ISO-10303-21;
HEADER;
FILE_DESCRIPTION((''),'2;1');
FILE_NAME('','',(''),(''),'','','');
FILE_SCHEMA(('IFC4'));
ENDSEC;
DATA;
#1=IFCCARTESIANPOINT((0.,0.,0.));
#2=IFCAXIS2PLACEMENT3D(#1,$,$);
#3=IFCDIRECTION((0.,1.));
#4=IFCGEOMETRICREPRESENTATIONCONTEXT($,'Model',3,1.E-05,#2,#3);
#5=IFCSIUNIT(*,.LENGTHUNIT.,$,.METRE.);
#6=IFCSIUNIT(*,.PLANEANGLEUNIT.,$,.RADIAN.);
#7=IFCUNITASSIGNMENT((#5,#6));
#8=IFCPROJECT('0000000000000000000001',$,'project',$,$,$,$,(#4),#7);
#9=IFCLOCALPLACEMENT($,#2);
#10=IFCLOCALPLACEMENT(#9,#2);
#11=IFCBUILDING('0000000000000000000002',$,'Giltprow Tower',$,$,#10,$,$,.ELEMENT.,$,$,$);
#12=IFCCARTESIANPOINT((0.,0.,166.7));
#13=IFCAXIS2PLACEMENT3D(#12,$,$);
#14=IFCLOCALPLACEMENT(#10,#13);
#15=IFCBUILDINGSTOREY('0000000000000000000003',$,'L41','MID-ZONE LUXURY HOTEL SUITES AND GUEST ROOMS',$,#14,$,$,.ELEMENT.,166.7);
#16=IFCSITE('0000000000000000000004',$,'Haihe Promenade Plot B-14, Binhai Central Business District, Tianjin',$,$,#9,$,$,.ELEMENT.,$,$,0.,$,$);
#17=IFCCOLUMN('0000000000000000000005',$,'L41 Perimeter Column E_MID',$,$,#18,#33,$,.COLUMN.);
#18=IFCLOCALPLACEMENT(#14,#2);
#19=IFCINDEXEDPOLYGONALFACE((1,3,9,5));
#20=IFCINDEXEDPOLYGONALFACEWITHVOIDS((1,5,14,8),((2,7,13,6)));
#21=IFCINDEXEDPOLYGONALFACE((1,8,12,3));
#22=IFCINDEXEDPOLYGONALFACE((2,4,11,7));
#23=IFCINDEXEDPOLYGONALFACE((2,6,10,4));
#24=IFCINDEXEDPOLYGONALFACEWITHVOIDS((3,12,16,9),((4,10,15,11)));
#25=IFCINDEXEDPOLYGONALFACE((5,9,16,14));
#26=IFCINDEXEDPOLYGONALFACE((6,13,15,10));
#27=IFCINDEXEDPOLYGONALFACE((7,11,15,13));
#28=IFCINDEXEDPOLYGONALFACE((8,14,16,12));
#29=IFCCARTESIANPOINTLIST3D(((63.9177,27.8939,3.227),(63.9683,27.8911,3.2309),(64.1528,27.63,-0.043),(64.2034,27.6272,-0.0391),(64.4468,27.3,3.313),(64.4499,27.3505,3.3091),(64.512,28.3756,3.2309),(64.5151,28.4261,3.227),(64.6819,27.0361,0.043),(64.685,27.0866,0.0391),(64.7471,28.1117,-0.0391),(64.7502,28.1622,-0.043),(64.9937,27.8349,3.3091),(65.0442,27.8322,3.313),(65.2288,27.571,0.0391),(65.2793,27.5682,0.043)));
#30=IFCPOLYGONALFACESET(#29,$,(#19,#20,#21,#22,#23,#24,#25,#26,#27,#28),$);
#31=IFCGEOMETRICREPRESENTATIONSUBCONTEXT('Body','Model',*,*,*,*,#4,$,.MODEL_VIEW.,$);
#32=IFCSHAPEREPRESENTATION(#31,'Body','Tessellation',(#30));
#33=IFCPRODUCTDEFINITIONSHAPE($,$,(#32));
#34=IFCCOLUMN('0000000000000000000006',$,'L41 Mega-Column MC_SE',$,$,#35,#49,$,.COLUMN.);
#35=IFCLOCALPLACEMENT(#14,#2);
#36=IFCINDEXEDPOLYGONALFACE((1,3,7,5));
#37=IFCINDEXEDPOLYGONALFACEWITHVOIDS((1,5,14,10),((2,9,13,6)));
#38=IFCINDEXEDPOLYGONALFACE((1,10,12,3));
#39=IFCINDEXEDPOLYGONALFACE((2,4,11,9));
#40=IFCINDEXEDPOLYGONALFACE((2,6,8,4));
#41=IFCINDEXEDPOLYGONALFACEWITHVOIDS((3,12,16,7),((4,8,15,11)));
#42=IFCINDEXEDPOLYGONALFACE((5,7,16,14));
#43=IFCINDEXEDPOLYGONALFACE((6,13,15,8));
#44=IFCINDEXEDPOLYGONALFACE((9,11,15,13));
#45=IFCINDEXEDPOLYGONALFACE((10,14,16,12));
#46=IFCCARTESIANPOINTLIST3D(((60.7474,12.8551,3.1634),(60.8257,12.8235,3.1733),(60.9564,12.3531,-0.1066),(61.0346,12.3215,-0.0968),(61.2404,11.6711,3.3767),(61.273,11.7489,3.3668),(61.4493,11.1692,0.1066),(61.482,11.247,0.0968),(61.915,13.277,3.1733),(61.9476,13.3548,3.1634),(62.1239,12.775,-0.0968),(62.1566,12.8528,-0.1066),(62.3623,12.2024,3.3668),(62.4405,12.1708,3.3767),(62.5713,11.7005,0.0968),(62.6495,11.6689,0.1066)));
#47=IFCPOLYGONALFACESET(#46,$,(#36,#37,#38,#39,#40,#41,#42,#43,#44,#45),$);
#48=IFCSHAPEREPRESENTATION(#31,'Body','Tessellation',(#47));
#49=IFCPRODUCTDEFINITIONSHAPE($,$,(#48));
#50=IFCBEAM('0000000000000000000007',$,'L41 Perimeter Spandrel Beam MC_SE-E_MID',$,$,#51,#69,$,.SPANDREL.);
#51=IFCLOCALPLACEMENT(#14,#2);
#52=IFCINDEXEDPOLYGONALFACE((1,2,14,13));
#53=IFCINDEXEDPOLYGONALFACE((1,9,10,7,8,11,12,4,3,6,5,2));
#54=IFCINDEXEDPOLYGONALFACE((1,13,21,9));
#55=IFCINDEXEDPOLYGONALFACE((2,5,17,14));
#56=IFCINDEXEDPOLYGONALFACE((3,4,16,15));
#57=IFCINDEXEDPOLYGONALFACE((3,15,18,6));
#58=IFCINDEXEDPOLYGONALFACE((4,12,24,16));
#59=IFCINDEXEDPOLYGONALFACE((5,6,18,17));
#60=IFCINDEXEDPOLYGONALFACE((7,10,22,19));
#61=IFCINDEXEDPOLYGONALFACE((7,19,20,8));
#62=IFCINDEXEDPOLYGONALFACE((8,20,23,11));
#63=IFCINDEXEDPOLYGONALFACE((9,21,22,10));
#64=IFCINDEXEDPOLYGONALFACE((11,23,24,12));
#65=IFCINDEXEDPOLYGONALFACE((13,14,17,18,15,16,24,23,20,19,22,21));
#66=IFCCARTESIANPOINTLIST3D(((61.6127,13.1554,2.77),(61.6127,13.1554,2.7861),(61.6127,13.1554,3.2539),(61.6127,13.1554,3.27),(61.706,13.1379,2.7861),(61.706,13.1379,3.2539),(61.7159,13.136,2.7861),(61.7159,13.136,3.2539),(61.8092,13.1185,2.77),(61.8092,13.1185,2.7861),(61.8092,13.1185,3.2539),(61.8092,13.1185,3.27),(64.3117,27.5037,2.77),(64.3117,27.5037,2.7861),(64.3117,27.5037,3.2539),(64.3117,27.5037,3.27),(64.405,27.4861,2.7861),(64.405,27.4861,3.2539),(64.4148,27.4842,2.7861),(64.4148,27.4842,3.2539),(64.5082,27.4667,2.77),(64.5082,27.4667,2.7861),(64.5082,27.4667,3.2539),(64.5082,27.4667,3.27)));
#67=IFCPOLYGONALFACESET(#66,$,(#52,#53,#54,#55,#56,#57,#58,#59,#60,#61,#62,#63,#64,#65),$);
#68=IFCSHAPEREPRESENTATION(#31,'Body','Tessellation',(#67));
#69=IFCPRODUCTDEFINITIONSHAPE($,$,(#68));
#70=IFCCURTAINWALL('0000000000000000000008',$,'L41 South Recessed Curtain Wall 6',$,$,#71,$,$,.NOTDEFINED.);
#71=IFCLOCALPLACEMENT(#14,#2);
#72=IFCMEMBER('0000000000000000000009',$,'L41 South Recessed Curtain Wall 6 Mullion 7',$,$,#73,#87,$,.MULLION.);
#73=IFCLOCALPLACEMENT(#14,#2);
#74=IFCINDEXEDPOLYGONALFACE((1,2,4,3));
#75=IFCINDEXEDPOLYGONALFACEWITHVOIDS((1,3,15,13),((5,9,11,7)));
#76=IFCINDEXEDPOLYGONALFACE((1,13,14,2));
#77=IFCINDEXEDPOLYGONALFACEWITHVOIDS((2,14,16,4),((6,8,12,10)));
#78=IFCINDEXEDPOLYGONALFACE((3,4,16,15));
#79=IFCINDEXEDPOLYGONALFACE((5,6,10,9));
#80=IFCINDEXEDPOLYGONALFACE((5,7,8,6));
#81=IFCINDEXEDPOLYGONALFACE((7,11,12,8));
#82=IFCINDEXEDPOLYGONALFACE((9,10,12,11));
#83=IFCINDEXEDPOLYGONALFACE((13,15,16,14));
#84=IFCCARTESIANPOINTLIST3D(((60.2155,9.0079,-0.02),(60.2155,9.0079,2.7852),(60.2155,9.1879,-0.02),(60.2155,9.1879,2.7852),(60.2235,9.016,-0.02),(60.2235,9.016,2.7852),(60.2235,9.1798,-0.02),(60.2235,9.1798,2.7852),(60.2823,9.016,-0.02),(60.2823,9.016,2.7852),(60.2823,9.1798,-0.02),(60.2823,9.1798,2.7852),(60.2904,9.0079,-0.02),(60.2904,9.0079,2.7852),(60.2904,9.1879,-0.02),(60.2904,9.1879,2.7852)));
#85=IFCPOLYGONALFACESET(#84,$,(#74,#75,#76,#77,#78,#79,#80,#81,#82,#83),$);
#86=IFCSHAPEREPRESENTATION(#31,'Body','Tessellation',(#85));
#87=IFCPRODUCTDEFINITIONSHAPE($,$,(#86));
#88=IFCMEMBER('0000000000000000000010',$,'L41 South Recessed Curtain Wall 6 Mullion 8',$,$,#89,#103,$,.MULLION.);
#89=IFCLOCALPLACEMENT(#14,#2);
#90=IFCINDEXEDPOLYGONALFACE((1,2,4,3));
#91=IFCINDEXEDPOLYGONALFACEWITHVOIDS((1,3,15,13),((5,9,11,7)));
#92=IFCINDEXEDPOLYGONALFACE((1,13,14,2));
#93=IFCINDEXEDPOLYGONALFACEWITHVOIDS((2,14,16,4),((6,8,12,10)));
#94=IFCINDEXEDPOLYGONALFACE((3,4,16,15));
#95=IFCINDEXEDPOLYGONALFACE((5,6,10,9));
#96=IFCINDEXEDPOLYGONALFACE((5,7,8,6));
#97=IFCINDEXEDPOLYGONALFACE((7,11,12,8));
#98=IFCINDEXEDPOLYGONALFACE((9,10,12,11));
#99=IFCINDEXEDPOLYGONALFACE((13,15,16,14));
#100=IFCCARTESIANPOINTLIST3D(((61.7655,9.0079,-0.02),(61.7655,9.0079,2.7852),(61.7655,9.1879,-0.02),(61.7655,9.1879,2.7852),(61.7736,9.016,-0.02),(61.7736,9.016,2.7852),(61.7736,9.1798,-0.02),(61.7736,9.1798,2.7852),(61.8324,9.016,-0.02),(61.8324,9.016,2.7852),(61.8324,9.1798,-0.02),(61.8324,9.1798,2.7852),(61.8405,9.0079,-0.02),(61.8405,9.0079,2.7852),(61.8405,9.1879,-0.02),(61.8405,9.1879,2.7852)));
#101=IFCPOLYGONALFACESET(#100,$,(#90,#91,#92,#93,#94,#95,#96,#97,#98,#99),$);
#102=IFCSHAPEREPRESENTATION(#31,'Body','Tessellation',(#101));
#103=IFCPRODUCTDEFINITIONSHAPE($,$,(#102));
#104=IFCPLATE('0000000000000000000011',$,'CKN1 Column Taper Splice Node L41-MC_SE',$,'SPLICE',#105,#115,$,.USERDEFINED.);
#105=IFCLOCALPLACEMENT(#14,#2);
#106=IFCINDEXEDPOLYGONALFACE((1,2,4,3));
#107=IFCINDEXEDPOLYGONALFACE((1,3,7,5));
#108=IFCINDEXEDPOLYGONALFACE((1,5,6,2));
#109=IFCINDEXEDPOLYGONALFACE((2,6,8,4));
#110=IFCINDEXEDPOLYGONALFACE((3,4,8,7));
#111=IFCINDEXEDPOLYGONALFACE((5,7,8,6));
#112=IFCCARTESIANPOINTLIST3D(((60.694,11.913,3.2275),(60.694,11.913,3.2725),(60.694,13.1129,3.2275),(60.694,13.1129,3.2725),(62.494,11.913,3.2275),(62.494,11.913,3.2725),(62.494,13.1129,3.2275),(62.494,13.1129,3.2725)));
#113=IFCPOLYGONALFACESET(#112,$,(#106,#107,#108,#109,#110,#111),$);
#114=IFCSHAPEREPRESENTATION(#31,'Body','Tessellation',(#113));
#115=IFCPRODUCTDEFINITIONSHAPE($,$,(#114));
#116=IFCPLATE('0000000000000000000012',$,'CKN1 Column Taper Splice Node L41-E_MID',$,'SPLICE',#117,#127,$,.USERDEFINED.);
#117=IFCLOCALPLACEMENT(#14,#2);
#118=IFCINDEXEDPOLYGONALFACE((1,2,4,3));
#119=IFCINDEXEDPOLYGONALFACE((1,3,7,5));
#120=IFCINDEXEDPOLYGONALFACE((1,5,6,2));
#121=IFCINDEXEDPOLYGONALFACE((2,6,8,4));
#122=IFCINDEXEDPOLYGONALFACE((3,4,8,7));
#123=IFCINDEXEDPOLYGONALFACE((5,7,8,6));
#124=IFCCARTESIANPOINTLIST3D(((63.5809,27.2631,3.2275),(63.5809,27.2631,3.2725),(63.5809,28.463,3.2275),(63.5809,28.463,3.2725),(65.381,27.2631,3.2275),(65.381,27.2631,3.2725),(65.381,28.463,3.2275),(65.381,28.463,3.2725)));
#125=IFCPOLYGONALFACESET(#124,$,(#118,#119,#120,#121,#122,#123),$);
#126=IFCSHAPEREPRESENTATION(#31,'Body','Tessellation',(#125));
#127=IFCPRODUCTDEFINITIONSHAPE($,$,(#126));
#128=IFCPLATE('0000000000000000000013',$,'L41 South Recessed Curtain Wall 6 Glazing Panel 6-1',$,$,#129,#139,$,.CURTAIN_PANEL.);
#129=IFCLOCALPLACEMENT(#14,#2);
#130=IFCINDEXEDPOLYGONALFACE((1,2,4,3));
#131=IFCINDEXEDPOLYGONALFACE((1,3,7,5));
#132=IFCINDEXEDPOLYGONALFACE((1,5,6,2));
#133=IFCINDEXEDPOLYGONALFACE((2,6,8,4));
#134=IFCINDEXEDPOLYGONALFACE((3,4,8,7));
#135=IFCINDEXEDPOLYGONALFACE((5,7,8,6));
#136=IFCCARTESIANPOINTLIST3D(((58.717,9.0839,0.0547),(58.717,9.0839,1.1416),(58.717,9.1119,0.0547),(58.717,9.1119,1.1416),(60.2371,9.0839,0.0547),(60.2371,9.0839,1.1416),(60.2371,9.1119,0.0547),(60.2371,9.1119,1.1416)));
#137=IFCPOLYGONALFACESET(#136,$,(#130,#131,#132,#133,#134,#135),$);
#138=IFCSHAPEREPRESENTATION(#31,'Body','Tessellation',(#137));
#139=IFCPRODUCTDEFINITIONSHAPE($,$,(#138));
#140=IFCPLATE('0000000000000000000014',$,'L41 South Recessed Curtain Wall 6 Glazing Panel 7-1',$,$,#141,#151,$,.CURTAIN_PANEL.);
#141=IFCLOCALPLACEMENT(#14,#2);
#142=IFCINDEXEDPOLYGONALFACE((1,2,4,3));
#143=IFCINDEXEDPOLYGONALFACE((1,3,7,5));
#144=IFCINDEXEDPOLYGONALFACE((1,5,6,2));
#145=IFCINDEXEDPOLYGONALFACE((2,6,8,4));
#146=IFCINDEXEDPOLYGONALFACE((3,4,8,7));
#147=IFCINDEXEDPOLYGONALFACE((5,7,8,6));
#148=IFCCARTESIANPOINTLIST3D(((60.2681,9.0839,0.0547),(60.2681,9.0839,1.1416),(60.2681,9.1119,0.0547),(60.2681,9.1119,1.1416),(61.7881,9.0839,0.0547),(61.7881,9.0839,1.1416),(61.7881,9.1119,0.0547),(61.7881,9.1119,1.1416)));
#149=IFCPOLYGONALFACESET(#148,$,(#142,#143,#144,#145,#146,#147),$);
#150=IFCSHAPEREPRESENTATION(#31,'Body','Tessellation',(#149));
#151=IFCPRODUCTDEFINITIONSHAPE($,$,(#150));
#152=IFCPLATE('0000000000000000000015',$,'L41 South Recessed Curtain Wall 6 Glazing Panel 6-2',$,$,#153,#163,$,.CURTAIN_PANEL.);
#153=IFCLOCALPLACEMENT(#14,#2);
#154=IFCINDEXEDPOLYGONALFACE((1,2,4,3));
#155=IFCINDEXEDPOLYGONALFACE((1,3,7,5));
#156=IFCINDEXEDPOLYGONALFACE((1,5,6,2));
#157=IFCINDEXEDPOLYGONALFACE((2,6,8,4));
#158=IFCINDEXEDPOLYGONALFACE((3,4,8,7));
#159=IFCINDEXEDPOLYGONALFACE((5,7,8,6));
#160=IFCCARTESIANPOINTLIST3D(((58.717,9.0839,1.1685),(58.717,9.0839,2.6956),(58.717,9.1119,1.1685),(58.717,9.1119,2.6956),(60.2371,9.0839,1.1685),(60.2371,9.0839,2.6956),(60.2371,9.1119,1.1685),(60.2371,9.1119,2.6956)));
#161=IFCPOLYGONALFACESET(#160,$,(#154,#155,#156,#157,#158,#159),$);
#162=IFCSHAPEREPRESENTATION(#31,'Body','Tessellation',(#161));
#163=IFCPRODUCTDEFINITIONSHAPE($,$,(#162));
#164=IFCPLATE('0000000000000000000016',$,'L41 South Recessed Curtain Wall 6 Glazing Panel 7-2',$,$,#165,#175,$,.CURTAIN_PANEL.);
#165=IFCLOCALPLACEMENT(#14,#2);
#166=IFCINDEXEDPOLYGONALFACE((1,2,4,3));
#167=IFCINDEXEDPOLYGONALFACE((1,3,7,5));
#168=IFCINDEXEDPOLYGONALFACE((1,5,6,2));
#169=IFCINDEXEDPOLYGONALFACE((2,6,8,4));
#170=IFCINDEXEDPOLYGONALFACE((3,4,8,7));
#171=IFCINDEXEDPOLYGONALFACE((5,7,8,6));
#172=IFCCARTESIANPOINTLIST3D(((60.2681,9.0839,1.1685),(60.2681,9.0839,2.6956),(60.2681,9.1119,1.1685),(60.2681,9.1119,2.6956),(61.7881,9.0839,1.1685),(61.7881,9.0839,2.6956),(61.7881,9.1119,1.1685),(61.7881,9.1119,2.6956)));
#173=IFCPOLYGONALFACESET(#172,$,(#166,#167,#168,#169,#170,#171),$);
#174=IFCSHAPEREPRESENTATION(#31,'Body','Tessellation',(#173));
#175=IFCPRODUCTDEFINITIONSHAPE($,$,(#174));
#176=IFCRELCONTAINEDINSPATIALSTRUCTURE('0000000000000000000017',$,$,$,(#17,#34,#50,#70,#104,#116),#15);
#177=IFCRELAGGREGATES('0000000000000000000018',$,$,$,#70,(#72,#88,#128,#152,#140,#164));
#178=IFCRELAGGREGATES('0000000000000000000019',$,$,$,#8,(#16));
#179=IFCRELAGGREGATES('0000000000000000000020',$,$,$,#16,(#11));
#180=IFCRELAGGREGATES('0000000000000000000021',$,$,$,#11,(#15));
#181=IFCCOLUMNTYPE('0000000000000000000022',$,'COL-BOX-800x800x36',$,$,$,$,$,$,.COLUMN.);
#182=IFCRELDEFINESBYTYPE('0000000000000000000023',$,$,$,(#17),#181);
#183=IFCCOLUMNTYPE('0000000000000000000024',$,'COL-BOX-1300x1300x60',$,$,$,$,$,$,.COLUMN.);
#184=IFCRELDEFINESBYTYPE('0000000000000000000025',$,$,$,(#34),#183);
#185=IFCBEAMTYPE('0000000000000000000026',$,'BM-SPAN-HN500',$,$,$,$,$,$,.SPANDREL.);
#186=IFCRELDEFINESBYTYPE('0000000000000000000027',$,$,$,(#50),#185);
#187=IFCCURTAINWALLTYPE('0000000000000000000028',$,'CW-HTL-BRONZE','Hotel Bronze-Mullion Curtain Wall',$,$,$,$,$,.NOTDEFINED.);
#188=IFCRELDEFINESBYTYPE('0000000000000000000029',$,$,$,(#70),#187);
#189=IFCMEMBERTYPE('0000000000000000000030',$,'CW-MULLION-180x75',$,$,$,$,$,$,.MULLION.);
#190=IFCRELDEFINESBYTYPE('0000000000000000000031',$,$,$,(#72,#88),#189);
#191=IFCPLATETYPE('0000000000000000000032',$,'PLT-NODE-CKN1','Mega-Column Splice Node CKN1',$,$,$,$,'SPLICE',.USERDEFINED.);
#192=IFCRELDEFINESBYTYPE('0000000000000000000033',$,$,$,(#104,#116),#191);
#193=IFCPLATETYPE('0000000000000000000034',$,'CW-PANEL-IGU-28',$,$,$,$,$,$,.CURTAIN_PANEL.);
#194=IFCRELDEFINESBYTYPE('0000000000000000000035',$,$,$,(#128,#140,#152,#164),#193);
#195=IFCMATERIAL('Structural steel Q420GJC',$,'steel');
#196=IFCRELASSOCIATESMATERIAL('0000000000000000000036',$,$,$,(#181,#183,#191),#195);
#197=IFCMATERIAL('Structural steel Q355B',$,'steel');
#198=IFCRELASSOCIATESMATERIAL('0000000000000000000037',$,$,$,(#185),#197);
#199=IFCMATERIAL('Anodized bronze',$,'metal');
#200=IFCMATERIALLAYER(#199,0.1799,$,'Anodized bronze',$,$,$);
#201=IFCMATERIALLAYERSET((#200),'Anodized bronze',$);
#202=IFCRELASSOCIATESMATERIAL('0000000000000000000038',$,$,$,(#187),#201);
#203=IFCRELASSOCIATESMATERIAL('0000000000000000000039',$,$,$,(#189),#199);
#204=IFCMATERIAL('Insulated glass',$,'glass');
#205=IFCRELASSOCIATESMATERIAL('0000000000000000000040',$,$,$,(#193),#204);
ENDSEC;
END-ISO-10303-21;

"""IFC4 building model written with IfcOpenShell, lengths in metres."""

from ifc_helpers import new_model, si_unit, direction, frame, origin, origin_2d, place, context, subcontext, project, spatial, rectangle, hollow_rectangle, i_section, extrude, source, transform, mapped, material, layer, layer_set, material_profile, profile_set, type_object, element, aggregate, save


model = new_model("IFC4")

# Units and contexts
model_context = context("Model", 3, precision=1e-05, world=origin(), true_north=direction((0.0, 1.0)))
body_context = subcontext(model_context, "Body", "Model", "MODEL_VIEW")
ifc_project = project(units=[si_unit("LENGTHUNIT", "METRE"), si_unit("PLANEANGLEUNIT", "RADIAN")], contexts=[model_context])

# Site, building, storey
site_placement = place(None, origin())
site = spatial("IfcSite", under=ifc_project, at=site_placement, Name="Haihe Promenade Plot B-14, Binhai Central Business District, Tianjin", CompositionType="ELEMENT", RefElevation=0.0)
building_placement = place(site_placement, origin())
building = spatial("IfcBuilding", under=site, at=building_placement, Name="Giltprow Tower", CompositionType="ELEMENT")
storey_placement = place(building_placement, frame((0.0, 0.0, 166.7)))
storey = spatial("IfcBuildingStorey", under=building, at=storey_placement, Name="L41", Description="MID-ZONE LUXURY HOTEL SUITES AND GUEST ROOMS", CompositionType="ELEMENT", Elevation=166.7)

# Columns
ifc_material_1 = material(Name="Structural steel Q420GJC", Category="steel")
ifc_material_profile_1 = material_profile(ifc_material_1, hollow_rectangle(XDim=0.8, YDim=0.8, WallThickness=0.0359, at=origin_2d()), Name="BOX 800x800x36")
ifc_profile_set_1 = profile_set([ifc_material_profile_1], Name="Structural steel Q420GJC")
column_type_1 = type_object("IfcColumnType", Name="COL-BOX-800x800x36", PredefinedType="COLUMN", material=ifc_profile_set_1)
shared_shape_1 = source(origin(), body_context, "Body", "SweptSolid", [
    extrude(hollow_rectangle(XDim=0.8, YDim=0.8, WallThickness=0.0359, at=origin_2d()), origin(), (0.0, 0.0, 1.0), 3.2891),
])
column_1_placement = place(storey_placement, frame((64.7161, 27.5991, 0.0), z_axis=(-0.071482, 0.08024, 0.994209), x_axis=(-0.746685, -0.665178, 0.0)))
element("IfcColumn", 1, at=column_1_placement, inside=storey, type_object=column_type_1, Name="L41 Perimeter Column E_MID", PredefinedType="COLUMN", context=body_context, shape_type="MappedRepresentation", body=[
    mapped(shared_shape_1, transform((0.0, 0.0, 0.0), x_axis=(1.0, 0.0, 0.0), y_axis=(0.0, 1.0, 0.0), z_axis=(0.0, 0.0, 1.0), scale=1.0)),
])
ifc_material_profile_2 = material_profile(ifc_material_1, hollow_rectangle(XDim=1.3, YDim=1.3, WallThickness=0.0601, at=origin_2d()), Name="BOX 1300x1300x60")
ifc_profile_set_2 = profile_set([ifc_material_profile_2], Name="Structural steel Q420GJC")
column_type_2 = type_object("IfcColumnType", Name="COL-BOX-1300x1300x60", PredefinedType="COLUMN", material=ifc_profile_set_2)
shared_shape_2 = source(origin(), body_context, "Body", "SweptSolid", [
    extrude(hollow_rectangle(XDim=1.3, YDim=1.3, WallThickness=0.0601, at=origin_2d()), origin(), (0.0, 0.0, 1.0), 3.3149),
])
column_2_placement = place(storey_placement, frame((61.803, 12.011, 0.0), z_axis=(-0.063044, 0.151423, 0.986457), x_axis=(-0.923183, -0.38436, 0.0)))
element("IfcColumn", 2, at=column_2_placement, inside=storey, type_object=column_type_2, Name="L41 Mega-Column MC_SE", PredefinedType="COLUMN", context=body_context, shape_type="MappedRepresentation", body=[
    mapped(shared_shape_2, transform((0.0, 0.0, 0.0), x_axis=(1.0, 0.0, 0.0), y_axis=(0.0, 1.0, 0.0), z_axis=(0.0, 0.0, 1.0), scale=1.0)),
])

# Beam
ifc_material_2 = material(Name="Structural steel Q355B", Category="steel")
ifc_material_profile_3 = material_profile(ifc_material_2, i_section(OverallWidth=0.2, OverallDepth=0.5, WebThickness=0.01, FlangeThickness=0.0161, at=origin_2d()), Name="HN 500x200x10x16")
ifc_profile_set_3 = profile_set([ifc_material_profile_3], Name="Structural steel Q355B")
beam_type = type_object("IfcBeamType", Name="BM-SPAN-HN500", PredefinedType="SPANDREL", material=ifc_profile_set_3)
shared_shape_3 = source(origin(), body_context, "Body", "SweptSolid", [
    extrude(i_section(OverallWidth=0.2, OverallDepth=0.5, WebThickness=0.01, FlangeThickness=0.0161, at=origin_2d()), origin(), (0.0, 0.0, 1.0), 14.5999),
])
beam_placement = place(storey_placement, frame((61.7109, 13.137, 3.02), z_axis=(0.184864, 0.982764, 0.0), x_axis=(-0.982764, 0.184864, 0.0)))
element("IfcBeam", 3, at=beam_placement, inside=storey, type_object=beam_type, Name="L41 Perimeter Spandrel Beam MC_SE-E_MID", PredefinedType="SPANDREL", context=body_context, shape_type="MappedRepresentation", body=[
    mapped(shared_shape_3, transform((0.0, 0.0, 0.0), x_axis=(1.0, 0.0, 0.0), y_axis=(0.0, 1.0, 0.0), z_axis=(0.0, 0.0, 1.0), scale=1.0)),
])

# Curtain wall, members
ifc_material_3 = material(Name="Anodized bronze", Category="metal")
ifc_layer_1 = layer(ifc_material_3, 0.1799, Name="Anodized bronze")
ifc_layer_set_1 = layer_set([ifc_layer_1], Name="Anodized bronze")
curtain_wall_type = type_object("IfcCurtainWallType", Name="CW-HTL-BRONZE", Description="Hotel Bronze-Mullion Curtain Wall", PredefinedType="NOTDEFINED", material=ifc_layer_set_1)
curtain_wall_placement = place(storey_placement, origin())
curtain_wall = element("IfcCurtainWall", 4, at=curtain_wall_placement, inside=storey, type_object=curtain_wall_type, Name="L41 South Recessed Curtain Wall 6", PredefinedType="NOTDEFINED")
ifc_material_profile_4 = material_profile(ifc_material_3, hollow_rectangle(XDim=0.075, YDim=0.1799, WallThickness=0.0081, at=origin_2d()), Name="RHS 180x75x8")
ifc_profile_set_4 = profile_set([ifc_material_profile_4], Name="Anodized bronze")
member_type = type_object("IfcMemberType", Name="CW-MULLION-180x75", PredefinedType="MULLION", material=ifc_profile_set_4)
shared_shape_4 = source(origin(), body_context, "Body", "SweptSolid", [
    extrude(hollow_rectangle(XDim=0.075, YDim=0.1799, WallThickness=0.0081, at=origin_2d()), origin(), (0.0, 0.0, 1.0), 2.8052),
])
member_1_placement = place(storey_placement, frame((60.2529, 9.0979, -0.02), z_axis=(0.0, 0.0, 1.0), x_axis=(1.0, 0.0, 0.0)))
member_1 = element("IfcMember", 5, at=member_1_placement, type_object=member_type, Name="L41 South Recessed Curtain Wall 6 Mullion 7", PredefinedType="MULLION", context=body_context, shape_type="MappedRepresentation", body=[
    mapped(shared_shape_4, transform((0.0, 0.0, 0.0), x_axis=(1.0, 0.0, 0.0), y_axis=(0.0, 1.0, 0.0), z_axis=(0.0, 0.0, 1.0), scale=1.0)),
])
member_2_placement = place(storey_placement, frame((61.803, 9.0979, -0.02), z_axis=(0.0, 0.0, 1.0), x_axis=(1.0, 0.0, 0.0)))
member_2 = element("IfcMember", 6, at=member_2_placement, type_object=member_type, Name="L41 South Recessed Curtain Wall 6 Mullion 8", PredefinedType="MULLION", context=body_context, shape_type="MappedRepresentation", body=[
    mapped(shared_shape_4, transform((0.0, 0.0, 0.0), x_axis=(1.0, 0.0, 0.0), y_axis=(0.0, 1.0, 0.0), z_axis=(0.0, 0.0, 1.0), scale=1.0)),
])

# Plates
plate_type_1 = type_object("IfcPlateType", Name="PLT-NODE-CKN1", Description="Mega-Column Splice Node CKN1", ElementType="SPLICE", PredefinedType="USERDEFINED", material=ifc_material_1)
shared_shape_5 = source(origin(), body_context, "Body", "SweptSolid", [
    extrude(rectangle(XDim=1.8, YDim=1.2, at=origin_2d()), origin(), (0.0, 0.0, 1.0), 0.0449),
])
for number, where, z_axis, x_axis, name in (
    (7, (61.594, 12.5129, 3.2275), (0.0, 0.0, 1.0), (1.0, 0.0, 0.0), "CKN1 Column Taper Splice Node L41-MC_SE"),
    (8, (64.481, 27.863, 3.2275), (0.0, 0.0, 1.0), (1.0, 0.0, 0.0), "CKN1 Column Taper Splice Node L41-E_MID"),
):
    element("IfcPlate", number, at=place(storey_placement, frame(where, z_axis=z_axis, x_axis=x_axis)), inside=storey, type_object=plate_type_1, Name=name, ObjectType="SPLICE", PredefinedType="USERDEFINED", context=body_context, shape_type="MappedRepresentation", body=[
        mapped(shared_shape_5, transform((0.0, 0.0, 0.0), x_axis=(1.0, 0.0, 0.0), y_axis=(0.0, 1.0, 0.0), z_axis=(0.0, 0.0, 1.0), scale=1.0)),
    ])

# Plates
ifc_material_4 = material(Name="Insulated glass", Category="glass")
plate_type_2 = type_object("IfcPlateType", Name="CW-PANEL-IGU-28", PredefinedType="CURTAIN_PANEL", material=ifc_material_4)
shared_shape_6 = source(origin(), body_context, "Body", "SweptSolid", [
    extrude(rectangle(XDim=1.52, YDim=0.0281, at=origin_2d()), origin(), (0.0, 0.0, 1.0), 1.0869),
])
plate_1_placement = place(storey_placement, frame((59.4771, 9.0979, 0.0547), z_axis=(0.0, 0.0, 1.0), x_axis=(1.0, 0.0, 0.0)))
plate_1 = element("IfcPlate", 9, at=plate_1_placement, type_object=plate_type_2, Name="L41 South Recessed Curtain Wall 6 Glazing Panel 6-1", PredefinedType="CURTAIN_PANEL", context=body_context, shape_type="MappedRepresentation", body=[
    mapped(shared_shape_6, transform((0.0, 0.0, 0.0), x_axis=(1.0, 0.0, 0.0), y_axis=(0.0, 1.0, 0.0), z_axis=(0.0, 0.0, 1.0), scale=1.0)),
])
plate_2_placement = place(storey_placement, frame((61.0281, 9.0979, 0.0547), z_axis=(0.0, 0.0, 1.0), x_axis=(1.0, 0.0, 0.0)))
plate_2 = element("IfcPlate", 10, at=plate_2_placement, type_object=plate_type_2, Name="L41 South Recessed Curtain Wall 6 Glazing Panel 7-1", PredefinedType="CURTAIN_PANEL", context=body_context, shape_type="MappedRepresentation", body=[
    mapped(shared_shape_6, transform((0.0, 0.0, 0.0), x_axis=(1.0, 0.0, 0.0), y_axis=(0.0, 1.0, 0.0), z_axis=(0.0, 0.0, 1.0), scale=1.0)),
])
shared_shape_7 = source(origin(), body_context, "Body", "SweptSolid", [
    extrude(rectangle(XDim=1.52, YDim=0.0281, at=origin_2d()), origin(), (0.0, 0.0, 1.0), 1.5271),
])
plate_3_placement = place(storey_placement, frame((59.4771, 9.0979, 1.1685), z_axis=(0.0, 0.0, 1.0), x_axis=(1.0, 0.0, 0.0)))
plate_3 = element("IfcPlate", 11, at=plate_3_placement, type_object=plate_type_2, Name="L41 South Recessed Curtain Wall 6 Glazing Panel 6-2", PredefinedType="CURTAIN_PANEL", context=body_context, shape_type="MappedRepresentation", body=[
    mapped(shared_shape_7, transform((0.0, 0.0, 0.0), x_axis=(1.0, 0.0, 0.0), y_axis=(0.0, 1.0, 0.0), z_axis=(0.0, 0.0, 1.0), scale=1.0)),
])
plate_4_placement = place(storey_placement, frame((61.0281, 9.0979, 1.1685), z_axis=(0.0, 0.0, 1.0), x_axis=(1.0, 0.0, 0.0)))
plate_4 = element("IfcPlate", 12, at=plate_4_placement, type_object=plate_type_2, Name="L41 South Recessed Curtain Wall 6 Glazing Panel 7-2", PredefinedType="CURTAIN_PANEL", context=body_context, shape_type="MappedRepresentation", body=[
    mapped(shared_shape_7, transform((0.0, 0.0, 0.0), x_axis=(1.0, 0.0, 0.0), y_axis=(0.0, 1.0, 0.0), z_axis=(0.0, 0.0, 1.0), scale=1.0)),
])
aggregate(curtain_wall, [member_1, member_2, plate_1, plate_3, plate_2, plate_4])

save(model, "model.ifc")
